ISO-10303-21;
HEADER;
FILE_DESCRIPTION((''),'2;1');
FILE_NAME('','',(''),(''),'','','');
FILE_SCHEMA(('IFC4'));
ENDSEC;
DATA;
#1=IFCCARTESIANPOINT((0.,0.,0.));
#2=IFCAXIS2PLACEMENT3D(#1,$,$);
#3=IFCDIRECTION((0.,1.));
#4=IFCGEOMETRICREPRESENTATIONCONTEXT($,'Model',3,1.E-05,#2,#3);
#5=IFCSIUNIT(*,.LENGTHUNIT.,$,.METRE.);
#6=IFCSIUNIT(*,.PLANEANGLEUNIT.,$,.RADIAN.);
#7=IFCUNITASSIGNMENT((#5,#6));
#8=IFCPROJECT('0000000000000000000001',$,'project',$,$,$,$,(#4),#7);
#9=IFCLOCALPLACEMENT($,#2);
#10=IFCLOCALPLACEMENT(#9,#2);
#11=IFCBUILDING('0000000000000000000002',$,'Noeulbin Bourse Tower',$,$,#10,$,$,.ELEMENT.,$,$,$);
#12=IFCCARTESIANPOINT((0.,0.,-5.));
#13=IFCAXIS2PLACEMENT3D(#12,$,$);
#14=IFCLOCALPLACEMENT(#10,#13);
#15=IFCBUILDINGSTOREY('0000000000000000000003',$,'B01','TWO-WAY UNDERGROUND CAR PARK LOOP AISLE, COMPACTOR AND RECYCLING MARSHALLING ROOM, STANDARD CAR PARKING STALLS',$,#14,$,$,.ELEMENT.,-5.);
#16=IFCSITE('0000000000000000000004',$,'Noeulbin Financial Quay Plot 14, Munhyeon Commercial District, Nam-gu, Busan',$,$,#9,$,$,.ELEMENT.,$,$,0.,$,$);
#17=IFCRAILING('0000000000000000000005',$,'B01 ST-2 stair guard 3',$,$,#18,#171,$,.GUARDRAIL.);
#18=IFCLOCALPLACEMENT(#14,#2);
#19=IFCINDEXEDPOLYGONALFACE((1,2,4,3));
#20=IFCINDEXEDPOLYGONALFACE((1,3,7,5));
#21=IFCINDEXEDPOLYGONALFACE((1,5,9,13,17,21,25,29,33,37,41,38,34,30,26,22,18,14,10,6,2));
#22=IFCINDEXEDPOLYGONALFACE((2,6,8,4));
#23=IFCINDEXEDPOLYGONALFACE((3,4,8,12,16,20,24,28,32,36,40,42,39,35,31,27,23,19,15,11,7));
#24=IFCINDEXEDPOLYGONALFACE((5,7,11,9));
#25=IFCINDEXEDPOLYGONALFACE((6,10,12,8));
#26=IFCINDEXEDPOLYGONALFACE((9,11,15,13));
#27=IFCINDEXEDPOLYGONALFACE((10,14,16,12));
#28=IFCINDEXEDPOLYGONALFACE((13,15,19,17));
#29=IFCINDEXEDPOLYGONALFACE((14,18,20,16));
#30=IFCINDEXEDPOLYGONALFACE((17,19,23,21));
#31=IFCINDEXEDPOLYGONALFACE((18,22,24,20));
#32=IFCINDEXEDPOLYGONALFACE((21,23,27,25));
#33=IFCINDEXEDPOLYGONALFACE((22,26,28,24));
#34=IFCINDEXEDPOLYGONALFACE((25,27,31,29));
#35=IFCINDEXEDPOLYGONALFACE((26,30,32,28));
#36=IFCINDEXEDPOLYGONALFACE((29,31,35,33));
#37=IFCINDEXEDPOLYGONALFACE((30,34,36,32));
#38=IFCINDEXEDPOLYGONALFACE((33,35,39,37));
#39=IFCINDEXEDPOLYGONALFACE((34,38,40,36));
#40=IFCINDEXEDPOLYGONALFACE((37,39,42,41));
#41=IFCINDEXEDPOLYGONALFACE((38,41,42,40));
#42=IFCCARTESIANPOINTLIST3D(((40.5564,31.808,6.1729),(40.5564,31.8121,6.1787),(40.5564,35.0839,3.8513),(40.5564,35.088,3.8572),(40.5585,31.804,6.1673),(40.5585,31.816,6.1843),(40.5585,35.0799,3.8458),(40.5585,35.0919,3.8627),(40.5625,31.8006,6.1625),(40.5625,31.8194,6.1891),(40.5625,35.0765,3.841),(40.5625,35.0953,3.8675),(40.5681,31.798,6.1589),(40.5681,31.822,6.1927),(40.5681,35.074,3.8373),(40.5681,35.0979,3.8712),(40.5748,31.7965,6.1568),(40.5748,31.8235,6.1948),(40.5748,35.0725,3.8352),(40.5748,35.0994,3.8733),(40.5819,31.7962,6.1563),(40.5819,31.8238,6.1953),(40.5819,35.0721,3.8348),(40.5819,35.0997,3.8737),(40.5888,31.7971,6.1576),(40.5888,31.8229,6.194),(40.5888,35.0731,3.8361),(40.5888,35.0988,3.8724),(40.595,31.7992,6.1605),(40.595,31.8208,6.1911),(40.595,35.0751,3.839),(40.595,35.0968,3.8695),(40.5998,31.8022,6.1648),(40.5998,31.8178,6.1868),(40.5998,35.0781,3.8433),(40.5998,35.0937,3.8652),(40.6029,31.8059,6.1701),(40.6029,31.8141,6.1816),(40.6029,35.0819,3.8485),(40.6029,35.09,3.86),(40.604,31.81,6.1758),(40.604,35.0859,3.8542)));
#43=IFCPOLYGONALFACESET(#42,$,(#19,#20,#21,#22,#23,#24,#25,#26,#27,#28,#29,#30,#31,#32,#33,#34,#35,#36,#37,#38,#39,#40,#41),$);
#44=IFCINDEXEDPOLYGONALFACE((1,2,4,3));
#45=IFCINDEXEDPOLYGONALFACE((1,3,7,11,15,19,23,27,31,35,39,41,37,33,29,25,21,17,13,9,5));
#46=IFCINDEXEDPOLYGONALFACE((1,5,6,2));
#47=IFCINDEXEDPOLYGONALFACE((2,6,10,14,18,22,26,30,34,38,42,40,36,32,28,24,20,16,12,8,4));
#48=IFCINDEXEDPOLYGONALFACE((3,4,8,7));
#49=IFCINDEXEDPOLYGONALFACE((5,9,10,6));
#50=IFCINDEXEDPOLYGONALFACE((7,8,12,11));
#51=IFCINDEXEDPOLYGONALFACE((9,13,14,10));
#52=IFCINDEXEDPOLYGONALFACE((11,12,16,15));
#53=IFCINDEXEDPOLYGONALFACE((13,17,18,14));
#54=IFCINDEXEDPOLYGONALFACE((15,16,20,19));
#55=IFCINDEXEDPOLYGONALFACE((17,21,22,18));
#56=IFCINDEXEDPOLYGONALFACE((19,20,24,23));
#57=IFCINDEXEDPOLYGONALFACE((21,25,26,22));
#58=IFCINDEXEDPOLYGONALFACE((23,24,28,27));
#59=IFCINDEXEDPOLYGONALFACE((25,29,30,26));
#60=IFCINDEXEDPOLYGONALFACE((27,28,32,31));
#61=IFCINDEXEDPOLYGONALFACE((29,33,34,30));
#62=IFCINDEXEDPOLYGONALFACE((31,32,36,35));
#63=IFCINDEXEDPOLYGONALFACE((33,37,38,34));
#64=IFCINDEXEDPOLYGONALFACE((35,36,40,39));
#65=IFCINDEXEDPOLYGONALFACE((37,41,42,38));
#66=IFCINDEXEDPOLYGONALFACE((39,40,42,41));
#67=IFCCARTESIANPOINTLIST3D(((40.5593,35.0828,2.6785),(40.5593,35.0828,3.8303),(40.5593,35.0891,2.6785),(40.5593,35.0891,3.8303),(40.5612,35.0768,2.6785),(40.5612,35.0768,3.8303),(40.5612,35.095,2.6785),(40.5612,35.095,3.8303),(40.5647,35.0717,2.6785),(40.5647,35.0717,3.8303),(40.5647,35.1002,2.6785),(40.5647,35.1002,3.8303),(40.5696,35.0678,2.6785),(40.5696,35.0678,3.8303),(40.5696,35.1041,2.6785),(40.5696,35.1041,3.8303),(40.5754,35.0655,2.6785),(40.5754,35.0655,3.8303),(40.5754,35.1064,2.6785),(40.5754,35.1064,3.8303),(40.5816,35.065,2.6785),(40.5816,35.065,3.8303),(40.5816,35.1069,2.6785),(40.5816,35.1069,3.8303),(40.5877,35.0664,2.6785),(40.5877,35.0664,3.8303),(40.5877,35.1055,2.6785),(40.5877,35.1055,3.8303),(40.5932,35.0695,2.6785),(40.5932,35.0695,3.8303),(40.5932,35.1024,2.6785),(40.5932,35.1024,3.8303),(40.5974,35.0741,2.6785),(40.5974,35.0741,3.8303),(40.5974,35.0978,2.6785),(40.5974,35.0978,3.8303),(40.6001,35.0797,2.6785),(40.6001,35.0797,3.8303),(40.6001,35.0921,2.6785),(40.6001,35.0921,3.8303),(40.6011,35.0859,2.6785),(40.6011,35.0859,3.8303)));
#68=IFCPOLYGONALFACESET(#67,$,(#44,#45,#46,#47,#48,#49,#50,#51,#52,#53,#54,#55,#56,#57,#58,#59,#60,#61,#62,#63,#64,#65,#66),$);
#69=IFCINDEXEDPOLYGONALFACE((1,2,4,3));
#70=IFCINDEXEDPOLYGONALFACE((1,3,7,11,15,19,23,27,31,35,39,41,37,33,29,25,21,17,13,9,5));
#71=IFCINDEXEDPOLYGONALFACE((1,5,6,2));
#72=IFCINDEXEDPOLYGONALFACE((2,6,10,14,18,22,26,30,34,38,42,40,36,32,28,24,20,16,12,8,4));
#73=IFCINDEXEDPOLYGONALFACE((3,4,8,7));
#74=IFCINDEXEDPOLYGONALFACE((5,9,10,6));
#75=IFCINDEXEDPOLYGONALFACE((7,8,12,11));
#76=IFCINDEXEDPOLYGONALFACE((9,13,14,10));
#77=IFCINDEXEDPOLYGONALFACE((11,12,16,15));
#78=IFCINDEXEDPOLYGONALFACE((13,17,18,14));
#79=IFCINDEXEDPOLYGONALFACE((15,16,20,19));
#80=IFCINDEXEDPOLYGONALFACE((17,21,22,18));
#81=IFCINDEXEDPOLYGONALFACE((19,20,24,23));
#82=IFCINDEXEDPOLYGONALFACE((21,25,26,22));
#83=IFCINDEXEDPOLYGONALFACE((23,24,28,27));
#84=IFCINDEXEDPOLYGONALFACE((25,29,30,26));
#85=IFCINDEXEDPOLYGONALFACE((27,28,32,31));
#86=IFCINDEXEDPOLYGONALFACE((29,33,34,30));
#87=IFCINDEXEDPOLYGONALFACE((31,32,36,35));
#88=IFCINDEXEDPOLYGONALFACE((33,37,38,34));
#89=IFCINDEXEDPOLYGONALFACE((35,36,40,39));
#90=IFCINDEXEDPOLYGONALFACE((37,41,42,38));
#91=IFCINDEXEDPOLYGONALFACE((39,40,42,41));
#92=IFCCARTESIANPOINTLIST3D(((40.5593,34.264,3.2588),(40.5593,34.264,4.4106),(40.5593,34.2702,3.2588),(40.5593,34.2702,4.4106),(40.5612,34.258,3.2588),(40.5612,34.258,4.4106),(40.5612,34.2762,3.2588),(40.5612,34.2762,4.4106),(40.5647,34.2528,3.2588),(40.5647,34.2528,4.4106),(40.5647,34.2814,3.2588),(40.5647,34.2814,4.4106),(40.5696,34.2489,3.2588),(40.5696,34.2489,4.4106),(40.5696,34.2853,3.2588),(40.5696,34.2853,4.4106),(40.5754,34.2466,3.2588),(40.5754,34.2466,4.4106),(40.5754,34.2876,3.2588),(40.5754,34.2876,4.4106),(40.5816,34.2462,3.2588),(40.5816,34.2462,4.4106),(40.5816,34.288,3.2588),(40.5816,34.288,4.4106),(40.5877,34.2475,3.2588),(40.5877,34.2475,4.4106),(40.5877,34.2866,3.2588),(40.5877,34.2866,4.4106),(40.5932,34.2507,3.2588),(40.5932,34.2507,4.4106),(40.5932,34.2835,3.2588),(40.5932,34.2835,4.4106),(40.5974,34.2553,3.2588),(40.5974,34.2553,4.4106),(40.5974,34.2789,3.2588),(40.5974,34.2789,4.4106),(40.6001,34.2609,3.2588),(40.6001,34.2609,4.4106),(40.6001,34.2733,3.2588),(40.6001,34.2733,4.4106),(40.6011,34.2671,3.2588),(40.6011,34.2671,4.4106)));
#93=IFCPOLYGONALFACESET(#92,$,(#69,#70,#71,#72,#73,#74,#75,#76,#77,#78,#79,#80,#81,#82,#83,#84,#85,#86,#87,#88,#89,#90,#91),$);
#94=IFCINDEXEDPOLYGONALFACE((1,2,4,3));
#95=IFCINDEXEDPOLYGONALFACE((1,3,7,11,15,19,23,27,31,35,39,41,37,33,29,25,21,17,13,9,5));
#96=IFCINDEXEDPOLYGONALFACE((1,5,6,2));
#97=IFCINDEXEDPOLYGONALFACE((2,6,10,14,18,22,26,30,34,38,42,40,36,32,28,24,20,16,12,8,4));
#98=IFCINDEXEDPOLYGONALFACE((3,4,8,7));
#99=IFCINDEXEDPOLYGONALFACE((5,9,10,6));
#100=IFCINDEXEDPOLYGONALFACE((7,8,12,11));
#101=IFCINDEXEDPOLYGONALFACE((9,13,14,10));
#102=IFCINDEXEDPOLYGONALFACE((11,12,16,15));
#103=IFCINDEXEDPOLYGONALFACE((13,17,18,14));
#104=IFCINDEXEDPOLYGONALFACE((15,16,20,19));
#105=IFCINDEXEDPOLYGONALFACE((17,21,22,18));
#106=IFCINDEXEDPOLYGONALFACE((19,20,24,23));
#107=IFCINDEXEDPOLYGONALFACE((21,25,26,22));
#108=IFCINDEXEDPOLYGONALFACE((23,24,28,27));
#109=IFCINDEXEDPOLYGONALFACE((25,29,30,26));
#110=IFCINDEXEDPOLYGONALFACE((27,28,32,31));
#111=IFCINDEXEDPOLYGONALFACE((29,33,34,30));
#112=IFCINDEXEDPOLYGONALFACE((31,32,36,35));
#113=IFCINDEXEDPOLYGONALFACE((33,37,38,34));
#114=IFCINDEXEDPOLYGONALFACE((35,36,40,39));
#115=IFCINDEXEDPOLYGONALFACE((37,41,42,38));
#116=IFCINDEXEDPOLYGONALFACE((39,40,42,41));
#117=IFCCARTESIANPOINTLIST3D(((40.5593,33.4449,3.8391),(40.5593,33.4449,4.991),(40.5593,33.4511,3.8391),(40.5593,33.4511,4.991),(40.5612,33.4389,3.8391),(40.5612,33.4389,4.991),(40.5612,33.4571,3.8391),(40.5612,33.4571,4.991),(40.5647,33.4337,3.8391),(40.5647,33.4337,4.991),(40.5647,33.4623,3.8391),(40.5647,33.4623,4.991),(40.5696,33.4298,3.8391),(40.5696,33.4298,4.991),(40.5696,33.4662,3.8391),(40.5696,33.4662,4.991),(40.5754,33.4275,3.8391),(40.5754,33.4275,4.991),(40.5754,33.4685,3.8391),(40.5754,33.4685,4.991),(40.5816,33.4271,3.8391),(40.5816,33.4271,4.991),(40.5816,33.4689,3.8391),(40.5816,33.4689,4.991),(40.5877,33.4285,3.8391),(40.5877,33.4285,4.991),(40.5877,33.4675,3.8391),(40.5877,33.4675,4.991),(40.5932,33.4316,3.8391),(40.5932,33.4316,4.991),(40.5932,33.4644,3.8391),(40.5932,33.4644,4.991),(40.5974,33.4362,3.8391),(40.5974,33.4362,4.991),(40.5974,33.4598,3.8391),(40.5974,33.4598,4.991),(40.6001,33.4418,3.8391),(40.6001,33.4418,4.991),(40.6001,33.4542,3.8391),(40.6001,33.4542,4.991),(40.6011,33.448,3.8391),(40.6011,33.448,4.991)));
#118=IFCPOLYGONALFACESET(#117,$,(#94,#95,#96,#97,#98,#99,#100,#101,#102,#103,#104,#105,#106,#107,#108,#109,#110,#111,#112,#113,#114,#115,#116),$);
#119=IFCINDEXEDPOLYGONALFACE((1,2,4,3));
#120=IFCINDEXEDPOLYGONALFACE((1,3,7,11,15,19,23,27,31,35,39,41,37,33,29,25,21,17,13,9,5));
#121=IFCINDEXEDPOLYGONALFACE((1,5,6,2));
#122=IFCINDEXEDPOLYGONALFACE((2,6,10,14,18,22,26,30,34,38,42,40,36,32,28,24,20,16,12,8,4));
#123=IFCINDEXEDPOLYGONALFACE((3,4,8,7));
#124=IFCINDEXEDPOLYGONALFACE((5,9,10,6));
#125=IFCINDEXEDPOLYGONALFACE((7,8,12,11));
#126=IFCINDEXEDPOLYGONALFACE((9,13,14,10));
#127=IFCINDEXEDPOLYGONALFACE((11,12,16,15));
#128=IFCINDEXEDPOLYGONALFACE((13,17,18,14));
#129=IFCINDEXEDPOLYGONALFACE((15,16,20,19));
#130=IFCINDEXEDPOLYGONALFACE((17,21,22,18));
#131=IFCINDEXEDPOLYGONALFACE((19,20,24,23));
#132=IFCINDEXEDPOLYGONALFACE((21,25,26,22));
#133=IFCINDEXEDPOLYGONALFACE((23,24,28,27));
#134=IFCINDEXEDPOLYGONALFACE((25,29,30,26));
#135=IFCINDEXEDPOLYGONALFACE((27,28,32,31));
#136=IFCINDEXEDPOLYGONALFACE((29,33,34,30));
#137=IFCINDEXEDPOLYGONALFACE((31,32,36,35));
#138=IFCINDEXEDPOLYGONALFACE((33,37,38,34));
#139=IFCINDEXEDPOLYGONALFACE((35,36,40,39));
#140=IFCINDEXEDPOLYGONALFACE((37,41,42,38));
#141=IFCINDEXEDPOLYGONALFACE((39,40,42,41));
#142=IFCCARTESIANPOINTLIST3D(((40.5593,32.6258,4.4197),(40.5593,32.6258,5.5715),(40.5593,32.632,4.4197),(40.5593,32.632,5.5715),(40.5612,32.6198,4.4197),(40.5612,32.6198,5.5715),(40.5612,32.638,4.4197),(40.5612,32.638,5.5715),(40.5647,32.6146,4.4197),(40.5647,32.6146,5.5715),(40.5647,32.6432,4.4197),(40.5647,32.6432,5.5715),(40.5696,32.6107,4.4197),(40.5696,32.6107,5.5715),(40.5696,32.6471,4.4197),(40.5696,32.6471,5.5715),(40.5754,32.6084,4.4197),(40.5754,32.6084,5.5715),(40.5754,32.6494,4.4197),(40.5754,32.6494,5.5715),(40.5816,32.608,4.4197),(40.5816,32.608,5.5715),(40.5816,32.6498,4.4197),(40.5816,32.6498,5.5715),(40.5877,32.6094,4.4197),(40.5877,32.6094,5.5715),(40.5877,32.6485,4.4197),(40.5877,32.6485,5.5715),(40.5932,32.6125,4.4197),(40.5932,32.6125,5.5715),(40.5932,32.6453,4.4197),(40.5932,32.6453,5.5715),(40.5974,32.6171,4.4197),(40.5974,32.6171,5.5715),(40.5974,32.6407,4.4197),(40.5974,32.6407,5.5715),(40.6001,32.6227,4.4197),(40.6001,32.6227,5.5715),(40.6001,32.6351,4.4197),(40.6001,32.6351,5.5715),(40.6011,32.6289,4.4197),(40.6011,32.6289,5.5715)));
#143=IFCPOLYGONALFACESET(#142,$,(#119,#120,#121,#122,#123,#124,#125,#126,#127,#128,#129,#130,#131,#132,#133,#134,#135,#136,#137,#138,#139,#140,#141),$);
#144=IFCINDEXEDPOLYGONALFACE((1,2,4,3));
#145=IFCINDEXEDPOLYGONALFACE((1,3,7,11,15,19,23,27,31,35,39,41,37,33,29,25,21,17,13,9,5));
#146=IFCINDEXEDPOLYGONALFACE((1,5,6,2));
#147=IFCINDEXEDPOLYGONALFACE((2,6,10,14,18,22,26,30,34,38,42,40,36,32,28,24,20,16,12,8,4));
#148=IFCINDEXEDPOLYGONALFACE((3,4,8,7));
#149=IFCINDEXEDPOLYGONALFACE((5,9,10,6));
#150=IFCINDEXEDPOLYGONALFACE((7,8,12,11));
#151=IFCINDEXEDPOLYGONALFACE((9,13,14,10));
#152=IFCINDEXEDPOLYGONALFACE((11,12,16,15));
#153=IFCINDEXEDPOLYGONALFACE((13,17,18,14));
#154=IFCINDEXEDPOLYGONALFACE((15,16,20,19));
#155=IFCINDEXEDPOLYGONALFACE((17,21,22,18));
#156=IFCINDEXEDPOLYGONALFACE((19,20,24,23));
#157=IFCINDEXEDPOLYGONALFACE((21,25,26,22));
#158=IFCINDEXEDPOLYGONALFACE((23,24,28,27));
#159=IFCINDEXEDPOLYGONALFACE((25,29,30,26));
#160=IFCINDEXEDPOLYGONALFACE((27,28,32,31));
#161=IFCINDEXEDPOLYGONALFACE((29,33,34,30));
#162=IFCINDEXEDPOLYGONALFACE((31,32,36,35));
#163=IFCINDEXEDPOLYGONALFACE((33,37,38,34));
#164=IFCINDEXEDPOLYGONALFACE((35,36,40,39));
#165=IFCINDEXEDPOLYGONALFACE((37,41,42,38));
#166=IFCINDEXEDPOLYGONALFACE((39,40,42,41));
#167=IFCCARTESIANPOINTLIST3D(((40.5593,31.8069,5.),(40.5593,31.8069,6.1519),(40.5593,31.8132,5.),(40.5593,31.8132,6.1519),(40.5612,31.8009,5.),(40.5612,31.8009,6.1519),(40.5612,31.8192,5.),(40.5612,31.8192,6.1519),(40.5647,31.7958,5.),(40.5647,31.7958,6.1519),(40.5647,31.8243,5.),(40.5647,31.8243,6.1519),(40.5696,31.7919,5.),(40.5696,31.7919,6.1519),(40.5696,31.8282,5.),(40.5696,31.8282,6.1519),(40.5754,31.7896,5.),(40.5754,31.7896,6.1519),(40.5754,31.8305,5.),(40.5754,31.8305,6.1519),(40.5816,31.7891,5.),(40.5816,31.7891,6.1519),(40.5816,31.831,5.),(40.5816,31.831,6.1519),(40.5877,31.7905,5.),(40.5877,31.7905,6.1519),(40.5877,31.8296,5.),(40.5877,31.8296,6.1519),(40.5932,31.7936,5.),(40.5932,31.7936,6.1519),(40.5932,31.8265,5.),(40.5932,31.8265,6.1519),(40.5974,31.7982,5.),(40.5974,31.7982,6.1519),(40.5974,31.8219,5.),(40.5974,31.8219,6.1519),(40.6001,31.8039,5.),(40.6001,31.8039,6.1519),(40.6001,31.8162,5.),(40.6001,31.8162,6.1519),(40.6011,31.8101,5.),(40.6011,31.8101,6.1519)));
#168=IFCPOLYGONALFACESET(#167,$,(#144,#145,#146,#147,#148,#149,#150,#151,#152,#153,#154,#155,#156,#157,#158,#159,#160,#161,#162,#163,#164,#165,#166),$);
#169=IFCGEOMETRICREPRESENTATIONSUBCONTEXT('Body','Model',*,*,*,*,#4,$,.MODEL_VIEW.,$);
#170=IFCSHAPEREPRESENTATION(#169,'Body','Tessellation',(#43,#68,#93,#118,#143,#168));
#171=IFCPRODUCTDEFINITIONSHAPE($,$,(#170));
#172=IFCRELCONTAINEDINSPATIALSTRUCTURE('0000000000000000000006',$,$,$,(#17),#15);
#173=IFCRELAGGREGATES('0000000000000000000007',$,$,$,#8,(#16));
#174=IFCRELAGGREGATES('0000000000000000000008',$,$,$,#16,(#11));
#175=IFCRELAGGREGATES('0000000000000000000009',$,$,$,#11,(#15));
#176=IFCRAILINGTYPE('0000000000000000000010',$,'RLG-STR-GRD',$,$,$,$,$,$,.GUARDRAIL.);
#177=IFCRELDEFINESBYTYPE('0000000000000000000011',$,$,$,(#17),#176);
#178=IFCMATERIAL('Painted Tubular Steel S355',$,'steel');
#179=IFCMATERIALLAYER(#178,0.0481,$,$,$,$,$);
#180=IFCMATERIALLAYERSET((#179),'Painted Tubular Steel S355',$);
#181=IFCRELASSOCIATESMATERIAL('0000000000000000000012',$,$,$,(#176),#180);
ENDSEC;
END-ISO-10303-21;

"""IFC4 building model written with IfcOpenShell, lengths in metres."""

from ifc_helpers import new_model, si_unit, direction, frame, origin, origin_2d, place, context, subcontext, project, spatial, circle, extrude, material, layer, layer_set, type_object, element, save


model = new_model("IFC4")

# Units and contexts
model_context = context("Model", 3, precision=1e-05, world=origin(), true_north=direction((0.0, 1.0)))
body_context = subcontext(model_context, "Body", "Model", "MODEL_VIEW")
ifc_project = project(units=[si_unit("LENGTHUNIT", "METRE"), si_unit("PLANEANGLEUNIT", "RADIAN")], contexts=[model_context])

# Site, building, storey
site_placement = place(None, origin())
site = spatial("IfcSite", under=ifc_project, at=site_placement, Name="Noeulbin Financial Quay Plot 14, Munhyeon Commercial District, Nam-gu, Busan", CompositionType="ELEMENT", RefElevation=0.0)
building_placement = place(site_placement, origin())
building = spatial("IfcBuilding", under=site, at=building_placement, Name="Noeulbin Bourse Tower", CompositionType="ELEMENT")
storey_placement = place(building_placement, frame((0.0, 0.0, -5.0)))
storey = spatial("IfcBuildingStorey", under=building, at=storey_placement, Name="B01", Description="TWO-WAY UNDERGROUND CAR PARK LOOP AISLE, COMPACTOR AND RECYCLING MARSHALLING ROOM, STANDARD CAR PARKING STALLS", CompositionType="ELEMENT", Elevation=-5.0)

# Railing
ifc_material_1 = material(Name="Painted Tubular Steel S355", Category="steel")
ifc_layer_1 = layer(ifc_material_1, 0.0481)
ifc_layer_set_1 = layer_set([ifc_layer_1], Name="Painted Tubular Steel S355")
railing_type_1 = type_object("IfcRailingType", Name="RLG-STR-GRD", PredefinedType="GUARDRAIL", material=ifc_layer_set_1)
railing_1_placement = place(storey_placement, frame((40.5801, 35.0859, 2.6785)))
element("IfcRailing", 1, at=railing_1_placement, inside=storey, type_object=railing_type_1, Name="B01 ST-2 stair guard 3", PredefinedType="GUARDRAIL", context=body_context, shape_type="SweptSolid", body=[
    extrude(circle(Radius=0.0239, at=origin_2d()), frame((0.0, 0.0, 1.1758), z_axis=(0.0, -0.815893, 0.578203), x_axis=(1.0, 0.0, 0.0)), (0.0, 0.0, 1.0), 4.0151),
    extrude(circle(Radius=0.021, at=origin_2d()), origin(), (0.0, 0.0, 1.0), 1.1519),
    extrude(circle(Radius=0.021, at=origin_2d()), frame((0.0, -0.8188, 0.5803)), (0.0, 0.0, 1.0), 1.1519),
    extrude(circle(Radius=0.021, at=origin_2d()), frame((0.0, -1.6379, 1.1606)), (0.0, 0.0, 1.0), 1.1519),
    extrude(circle(Radius=0.021, at=origin_2d()), frame((0.0, -2.457, 1.7412)), (0.0, 0.0, 1.0), 1.1519),
    extrude(circle(Radius=0.021, at=origin_2d()), frame((0.0, -3.2759, 2.3215)), (0.0, 0.0, 1.0), 1.1519),
])

save(model, "model.ifc")
